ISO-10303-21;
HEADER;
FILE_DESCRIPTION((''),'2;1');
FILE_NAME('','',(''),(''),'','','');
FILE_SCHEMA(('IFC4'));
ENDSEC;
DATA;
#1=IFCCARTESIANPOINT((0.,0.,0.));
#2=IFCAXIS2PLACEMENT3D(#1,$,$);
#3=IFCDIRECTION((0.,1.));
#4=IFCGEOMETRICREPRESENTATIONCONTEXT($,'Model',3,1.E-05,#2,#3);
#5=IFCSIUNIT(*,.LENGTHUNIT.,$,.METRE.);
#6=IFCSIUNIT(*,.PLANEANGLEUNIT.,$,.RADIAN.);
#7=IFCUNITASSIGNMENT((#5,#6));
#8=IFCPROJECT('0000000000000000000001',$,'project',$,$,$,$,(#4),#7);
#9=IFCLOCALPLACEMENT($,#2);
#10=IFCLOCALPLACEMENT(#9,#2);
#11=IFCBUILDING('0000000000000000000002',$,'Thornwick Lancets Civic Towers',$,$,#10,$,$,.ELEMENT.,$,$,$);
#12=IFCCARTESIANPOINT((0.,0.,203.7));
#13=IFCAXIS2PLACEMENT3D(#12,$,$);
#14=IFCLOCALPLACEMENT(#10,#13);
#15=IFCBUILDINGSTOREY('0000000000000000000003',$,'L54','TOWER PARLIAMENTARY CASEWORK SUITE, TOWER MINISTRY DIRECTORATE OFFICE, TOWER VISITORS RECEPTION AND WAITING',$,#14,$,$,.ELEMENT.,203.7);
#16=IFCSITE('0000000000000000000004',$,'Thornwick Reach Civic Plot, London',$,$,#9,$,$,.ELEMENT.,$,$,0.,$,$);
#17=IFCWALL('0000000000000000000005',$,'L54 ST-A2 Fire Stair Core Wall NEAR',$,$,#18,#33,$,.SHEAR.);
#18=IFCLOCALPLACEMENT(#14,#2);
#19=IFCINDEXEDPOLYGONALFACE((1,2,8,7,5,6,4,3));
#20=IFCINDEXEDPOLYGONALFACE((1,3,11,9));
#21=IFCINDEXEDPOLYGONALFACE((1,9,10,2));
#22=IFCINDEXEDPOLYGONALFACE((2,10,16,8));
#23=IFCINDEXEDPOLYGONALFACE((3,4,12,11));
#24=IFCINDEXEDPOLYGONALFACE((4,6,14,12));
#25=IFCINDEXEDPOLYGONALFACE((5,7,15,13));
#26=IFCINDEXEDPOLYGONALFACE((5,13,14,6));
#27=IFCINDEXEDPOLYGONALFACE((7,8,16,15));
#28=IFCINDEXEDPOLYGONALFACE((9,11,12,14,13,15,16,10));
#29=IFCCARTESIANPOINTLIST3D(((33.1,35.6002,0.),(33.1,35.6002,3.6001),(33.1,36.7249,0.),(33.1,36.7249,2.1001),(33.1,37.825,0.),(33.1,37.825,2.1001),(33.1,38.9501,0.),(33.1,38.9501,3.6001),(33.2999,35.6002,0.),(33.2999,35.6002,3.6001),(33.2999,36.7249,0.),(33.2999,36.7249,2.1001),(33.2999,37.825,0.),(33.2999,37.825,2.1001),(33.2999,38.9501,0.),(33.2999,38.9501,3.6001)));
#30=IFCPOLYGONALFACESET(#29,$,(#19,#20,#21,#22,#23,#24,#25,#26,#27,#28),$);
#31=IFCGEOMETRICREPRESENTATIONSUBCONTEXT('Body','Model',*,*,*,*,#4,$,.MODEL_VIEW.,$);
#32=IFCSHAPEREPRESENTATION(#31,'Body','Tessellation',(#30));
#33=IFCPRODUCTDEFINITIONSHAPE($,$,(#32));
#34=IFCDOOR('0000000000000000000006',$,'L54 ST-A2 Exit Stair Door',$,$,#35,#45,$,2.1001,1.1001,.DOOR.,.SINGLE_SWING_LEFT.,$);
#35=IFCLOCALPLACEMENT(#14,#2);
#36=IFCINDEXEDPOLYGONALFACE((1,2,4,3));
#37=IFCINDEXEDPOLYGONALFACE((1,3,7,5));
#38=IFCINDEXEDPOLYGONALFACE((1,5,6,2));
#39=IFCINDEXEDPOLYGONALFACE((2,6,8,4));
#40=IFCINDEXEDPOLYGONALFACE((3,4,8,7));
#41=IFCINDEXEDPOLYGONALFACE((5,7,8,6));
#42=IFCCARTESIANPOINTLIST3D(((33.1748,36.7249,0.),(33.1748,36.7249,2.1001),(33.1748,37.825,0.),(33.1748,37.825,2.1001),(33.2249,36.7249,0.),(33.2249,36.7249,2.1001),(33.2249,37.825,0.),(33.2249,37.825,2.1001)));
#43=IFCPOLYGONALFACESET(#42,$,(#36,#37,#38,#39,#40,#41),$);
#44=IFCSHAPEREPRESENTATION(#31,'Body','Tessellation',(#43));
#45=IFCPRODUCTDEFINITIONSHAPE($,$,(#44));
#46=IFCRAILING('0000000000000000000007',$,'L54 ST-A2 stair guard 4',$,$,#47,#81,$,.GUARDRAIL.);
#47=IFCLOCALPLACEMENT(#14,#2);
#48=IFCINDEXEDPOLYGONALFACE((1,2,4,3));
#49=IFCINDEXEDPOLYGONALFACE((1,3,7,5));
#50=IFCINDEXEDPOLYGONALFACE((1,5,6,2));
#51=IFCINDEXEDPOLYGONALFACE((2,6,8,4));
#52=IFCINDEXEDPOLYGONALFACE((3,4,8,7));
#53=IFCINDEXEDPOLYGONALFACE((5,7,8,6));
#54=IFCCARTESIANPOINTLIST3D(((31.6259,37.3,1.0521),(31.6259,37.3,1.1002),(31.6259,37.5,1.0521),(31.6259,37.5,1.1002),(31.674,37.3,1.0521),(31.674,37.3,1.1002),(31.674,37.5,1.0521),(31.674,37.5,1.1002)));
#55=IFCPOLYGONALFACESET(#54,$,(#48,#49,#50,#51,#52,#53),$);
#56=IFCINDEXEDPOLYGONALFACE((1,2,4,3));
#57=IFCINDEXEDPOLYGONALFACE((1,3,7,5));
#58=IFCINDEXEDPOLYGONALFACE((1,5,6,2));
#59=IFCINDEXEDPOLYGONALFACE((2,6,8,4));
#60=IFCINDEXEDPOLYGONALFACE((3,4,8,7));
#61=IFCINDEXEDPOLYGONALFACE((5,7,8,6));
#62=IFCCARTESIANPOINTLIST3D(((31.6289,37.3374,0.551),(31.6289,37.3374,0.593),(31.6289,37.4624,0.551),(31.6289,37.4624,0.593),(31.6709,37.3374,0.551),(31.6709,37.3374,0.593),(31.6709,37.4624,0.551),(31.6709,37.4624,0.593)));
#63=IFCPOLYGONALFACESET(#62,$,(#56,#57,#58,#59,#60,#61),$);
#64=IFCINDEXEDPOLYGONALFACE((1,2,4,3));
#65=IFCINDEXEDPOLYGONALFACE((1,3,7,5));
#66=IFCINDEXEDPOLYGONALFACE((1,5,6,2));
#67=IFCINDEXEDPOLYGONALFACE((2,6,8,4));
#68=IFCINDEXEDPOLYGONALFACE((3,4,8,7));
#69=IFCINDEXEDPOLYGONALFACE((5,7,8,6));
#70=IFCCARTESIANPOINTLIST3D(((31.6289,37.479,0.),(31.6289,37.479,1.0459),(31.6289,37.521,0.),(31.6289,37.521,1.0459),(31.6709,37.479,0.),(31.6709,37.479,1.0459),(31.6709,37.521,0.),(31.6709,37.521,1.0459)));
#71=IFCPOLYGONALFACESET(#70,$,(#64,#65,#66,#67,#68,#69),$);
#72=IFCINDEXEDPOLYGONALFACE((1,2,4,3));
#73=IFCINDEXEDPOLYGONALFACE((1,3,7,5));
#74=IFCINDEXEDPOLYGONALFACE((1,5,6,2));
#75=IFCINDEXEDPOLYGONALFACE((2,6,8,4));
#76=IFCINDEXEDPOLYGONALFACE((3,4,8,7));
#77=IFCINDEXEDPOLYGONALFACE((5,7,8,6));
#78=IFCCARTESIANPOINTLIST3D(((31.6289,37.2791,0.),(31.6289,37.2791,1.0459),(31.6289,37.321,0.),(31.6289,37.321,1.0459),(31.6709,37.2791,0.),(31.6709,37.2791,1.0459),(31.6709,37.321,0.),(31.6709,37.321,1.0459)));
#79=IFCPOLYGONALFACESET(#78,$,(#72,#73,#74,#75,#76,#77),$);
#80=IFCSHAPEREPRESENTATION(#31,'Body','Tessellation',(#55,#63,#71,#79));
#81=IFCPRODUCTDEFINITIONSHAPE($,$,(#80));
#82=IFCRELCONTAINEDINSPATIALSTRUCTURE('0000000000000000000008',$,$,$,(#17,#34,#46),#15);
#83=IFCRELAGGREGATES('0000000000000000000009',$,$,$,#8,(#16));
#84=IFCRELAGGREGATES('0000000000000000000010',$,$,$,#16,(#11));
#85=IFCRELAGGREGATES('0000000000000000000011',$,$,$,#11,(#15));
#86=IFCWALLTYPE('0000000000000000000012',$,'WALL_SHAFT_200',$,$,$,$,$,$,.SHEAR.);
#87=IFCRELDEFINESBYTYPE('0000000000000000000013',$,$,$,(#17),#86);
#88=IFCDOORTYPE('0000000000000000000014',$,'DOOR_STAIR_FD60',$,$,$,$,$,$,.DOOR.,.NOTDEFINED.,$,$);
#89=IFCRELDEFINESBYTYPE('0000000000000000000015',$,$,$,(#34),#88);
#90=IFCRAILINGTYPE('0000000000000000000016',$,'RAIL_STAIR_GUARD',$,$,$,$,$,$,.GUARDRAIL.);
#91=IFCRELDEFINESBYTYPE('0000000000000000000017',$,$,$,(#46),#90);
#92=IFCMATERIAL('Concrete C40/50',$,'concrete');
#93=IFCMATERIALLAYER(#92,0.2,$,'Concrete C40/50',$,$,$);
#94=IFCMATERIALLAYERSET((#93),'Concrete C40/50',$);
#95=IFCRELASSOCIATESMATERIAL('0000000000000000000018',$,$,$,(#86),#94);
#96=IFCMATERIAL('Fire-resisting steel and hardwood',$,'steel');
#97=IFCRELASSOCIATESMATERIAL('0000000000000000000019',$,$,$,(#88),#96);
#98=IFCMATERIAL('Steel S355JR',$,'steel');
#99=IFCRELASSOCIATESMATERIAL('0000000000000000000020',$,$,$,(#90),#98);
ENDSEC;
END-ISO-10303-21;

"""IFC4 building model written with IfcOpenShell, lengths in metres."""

from ifc_helpers import new_model, si_unit, direction, frame, frame_2d, origin, origin_2d, place, context, subcontext, project, spatial, rectangle, extrude, material, layer, layer_set, type_object, element, fill, save


model = new_model("IFC4")

# Units and contexts
model_context = context("Model", 3, precision=1e-05, world=origin(), true_north=direction((0.0, 1.0)))
body_context = subcontext(model_context, "Body", "Model", "MODEL_VIEW")
ifc_project = project(units=[si_unit("LENGTHUNIT", "METRE"), si_unit("PLANEANGLEUNIT", "RADIAN")], contexts=[model_context])

# Site, building, storey
site_placement = place(None, origin())
site = spatial("IfcSite", under=ifc_project, at=site_placement, Name="Thornwick Reach Civic Plot, London", CompositionType="ELEMENT", RefElevation=0.0)
building_placement = place(site_placement, origin())
building = spatial("IfcBuilding", under=site, at=building_placement, Name="Thornwick Lancets Civic Towers", CompositionType="ELEMENT")
storey_placement = place(building_placement, frame((0.0, 0.0, 203.7)))
storey = spatial("IfcBuildingStorey", under=building, at=storey_placement, Name="L54", Description="TOWER PARLIAMENTARY CASEWORK SUITE, TOWER MINISTRY DIRECTORATE OFFICE, TOWER VISITORS RECEPTION AND WAITING", CompositionType="ELEMENT", Elevation=203.7)

# Shared definitions
ifc_material_1 = material(Name="Steel S355JR", Category="steel")

# Wall, opening, door
ifc_material_2 = material(Name="Concrete C40/50", Category="concrete")
ifc_layer_1 = layer(ifc_material_2, 0.2, Name="Concrete C40/50")
ifc_layer_set_1 = layer_set([ifc_layer_1], Name="Concrete C40/50")
wall_type_1 = type_object("IfcWallType", Name="WALL_SHAFT_200", PredefinedType="SHEAR", material=ifc_layer_set_1)
wall_1_placement = place(storey_placement, frame((33.2, 38.95, 0.0), z_axis=(0.0, 0.0, 1.0), x_axis=(0.0, -1.0, 0.0)))
wall_1 = element("IfcWall", 1, at=wall_1_placement, inside=storey, type_object=wall_type_1, Name="L54 ST-A2 Fire Stair Core Wall NEAR", PredefinedType="SHEAR", context=body_context, shape_type="SweptSolid", body=[
    extrude(rectangle(XDim=3.3499, YDim=0.2, at=frame_2d((1.6748, 0.0))), origin(), (0.0, 0.0, 1.0), 3.6001),
])
opening_1_placement = place(wall_1_placement, frame((1.125, 0.0, 0.0)))
opening_1 = element("IfcOpeningElement", 2, at=opening_1_placement, cuts=wall_1, PredefinedType="OPENING", context=body_context, shape_type="SweptSolid", body=[
    extrude(rectangle(XDim=1.1001, YDim=2.1001, at=frame_2d((0.55, 1.05))), frame((0.0, 0.1099, 0.0), z_axis=(0.0, -1.0, 0.0), x_axis=(1.0, 0.0, 0.0)), (0.0, 0.0, 1.0), 0.22),
])
ifc_material_3 = material(Name="Fire-resisting steel and hardwood", Category="steel")
door_type = type_object("IfcDoorType", Name="DOOR_STAIR_FD60", OperationType="NOTDEFINED", PredefinedType="DOOR", material=ifc_material_3)
door_placement = place(opening_1_placement, origin())
door = element("IfcDoor", 3, at=door_placement, inside=storey, type_object=door_type, Name="L54 ST-A2 Exit Stair Door", OperationType="SINGLE_SWING_LEFT", OverallHeight=2.1001, OverallWidth=1.1001, PredefinedType="DOOR", context=body_context, shape_type="SweptSolid", body=[
    extrude(rectangle(XDim=1.1001, YDim=2.1001, at=frame_2d((0.55, 1.05))), frame((0.0, 0.0249, 0.0), z_axis=(0.0, -1.0, 0.0), x_axis=(1.0, 0.0, 0.0)), (0.0, 0.0, 1.0), 0.05),
])
fill(opening_1, door)

# Railing
railing_type = type_object("IfcRailingType", Name="RAIL_STAIR_GUARD", PredefinedType="GUARDRAIL", material=ifc_material_1)
railing_placement = place(storey_placement, frame((31.6499, 37.5, 0.0)))
element("IfcRailing", 4, at=railing_placement, inside=storey, type_object=railing_type, Name="L54 ST-A2 stair guard 4", PredefinedType="GUARDRAIL", context=body_context, shape_type="SweptSolid", body=[
    extrude(rectangle(XDim=0.0481, YDim=0.0481, at=origin_2d()), frame((0.0, 0.0, 1.0762), z_axis=(0.0, -1.0, 0.0), x_axis=(1.0, 0.0, 0.0)), (0.0, 0.0, 1.0), 0.2),
    extrude(rectangle(XDim=0.042, YDim=0.042, at=origin_2d()), frame((0.0, -0.0376, 0.572), z_axis=(0.0, -1.0, 0.0), x_axis=(1.0, 0.0, 0.0)), (0.0, 0.0, 1.0), 0.125),
    extrude(rectangle(XDim=0.042, YDim=0.042, at=origin_2d()), origin(), (0.0, 0.0, 1.0), 1.0459),
    extrude(rectangle(XDim=0.042, YDim=0.042, at=origin_2d()), frame((0.0, -0.2, 0.0)), (0.0, 0.0, 1.0), 1.0459),
])

save(model, "model.ifc")
